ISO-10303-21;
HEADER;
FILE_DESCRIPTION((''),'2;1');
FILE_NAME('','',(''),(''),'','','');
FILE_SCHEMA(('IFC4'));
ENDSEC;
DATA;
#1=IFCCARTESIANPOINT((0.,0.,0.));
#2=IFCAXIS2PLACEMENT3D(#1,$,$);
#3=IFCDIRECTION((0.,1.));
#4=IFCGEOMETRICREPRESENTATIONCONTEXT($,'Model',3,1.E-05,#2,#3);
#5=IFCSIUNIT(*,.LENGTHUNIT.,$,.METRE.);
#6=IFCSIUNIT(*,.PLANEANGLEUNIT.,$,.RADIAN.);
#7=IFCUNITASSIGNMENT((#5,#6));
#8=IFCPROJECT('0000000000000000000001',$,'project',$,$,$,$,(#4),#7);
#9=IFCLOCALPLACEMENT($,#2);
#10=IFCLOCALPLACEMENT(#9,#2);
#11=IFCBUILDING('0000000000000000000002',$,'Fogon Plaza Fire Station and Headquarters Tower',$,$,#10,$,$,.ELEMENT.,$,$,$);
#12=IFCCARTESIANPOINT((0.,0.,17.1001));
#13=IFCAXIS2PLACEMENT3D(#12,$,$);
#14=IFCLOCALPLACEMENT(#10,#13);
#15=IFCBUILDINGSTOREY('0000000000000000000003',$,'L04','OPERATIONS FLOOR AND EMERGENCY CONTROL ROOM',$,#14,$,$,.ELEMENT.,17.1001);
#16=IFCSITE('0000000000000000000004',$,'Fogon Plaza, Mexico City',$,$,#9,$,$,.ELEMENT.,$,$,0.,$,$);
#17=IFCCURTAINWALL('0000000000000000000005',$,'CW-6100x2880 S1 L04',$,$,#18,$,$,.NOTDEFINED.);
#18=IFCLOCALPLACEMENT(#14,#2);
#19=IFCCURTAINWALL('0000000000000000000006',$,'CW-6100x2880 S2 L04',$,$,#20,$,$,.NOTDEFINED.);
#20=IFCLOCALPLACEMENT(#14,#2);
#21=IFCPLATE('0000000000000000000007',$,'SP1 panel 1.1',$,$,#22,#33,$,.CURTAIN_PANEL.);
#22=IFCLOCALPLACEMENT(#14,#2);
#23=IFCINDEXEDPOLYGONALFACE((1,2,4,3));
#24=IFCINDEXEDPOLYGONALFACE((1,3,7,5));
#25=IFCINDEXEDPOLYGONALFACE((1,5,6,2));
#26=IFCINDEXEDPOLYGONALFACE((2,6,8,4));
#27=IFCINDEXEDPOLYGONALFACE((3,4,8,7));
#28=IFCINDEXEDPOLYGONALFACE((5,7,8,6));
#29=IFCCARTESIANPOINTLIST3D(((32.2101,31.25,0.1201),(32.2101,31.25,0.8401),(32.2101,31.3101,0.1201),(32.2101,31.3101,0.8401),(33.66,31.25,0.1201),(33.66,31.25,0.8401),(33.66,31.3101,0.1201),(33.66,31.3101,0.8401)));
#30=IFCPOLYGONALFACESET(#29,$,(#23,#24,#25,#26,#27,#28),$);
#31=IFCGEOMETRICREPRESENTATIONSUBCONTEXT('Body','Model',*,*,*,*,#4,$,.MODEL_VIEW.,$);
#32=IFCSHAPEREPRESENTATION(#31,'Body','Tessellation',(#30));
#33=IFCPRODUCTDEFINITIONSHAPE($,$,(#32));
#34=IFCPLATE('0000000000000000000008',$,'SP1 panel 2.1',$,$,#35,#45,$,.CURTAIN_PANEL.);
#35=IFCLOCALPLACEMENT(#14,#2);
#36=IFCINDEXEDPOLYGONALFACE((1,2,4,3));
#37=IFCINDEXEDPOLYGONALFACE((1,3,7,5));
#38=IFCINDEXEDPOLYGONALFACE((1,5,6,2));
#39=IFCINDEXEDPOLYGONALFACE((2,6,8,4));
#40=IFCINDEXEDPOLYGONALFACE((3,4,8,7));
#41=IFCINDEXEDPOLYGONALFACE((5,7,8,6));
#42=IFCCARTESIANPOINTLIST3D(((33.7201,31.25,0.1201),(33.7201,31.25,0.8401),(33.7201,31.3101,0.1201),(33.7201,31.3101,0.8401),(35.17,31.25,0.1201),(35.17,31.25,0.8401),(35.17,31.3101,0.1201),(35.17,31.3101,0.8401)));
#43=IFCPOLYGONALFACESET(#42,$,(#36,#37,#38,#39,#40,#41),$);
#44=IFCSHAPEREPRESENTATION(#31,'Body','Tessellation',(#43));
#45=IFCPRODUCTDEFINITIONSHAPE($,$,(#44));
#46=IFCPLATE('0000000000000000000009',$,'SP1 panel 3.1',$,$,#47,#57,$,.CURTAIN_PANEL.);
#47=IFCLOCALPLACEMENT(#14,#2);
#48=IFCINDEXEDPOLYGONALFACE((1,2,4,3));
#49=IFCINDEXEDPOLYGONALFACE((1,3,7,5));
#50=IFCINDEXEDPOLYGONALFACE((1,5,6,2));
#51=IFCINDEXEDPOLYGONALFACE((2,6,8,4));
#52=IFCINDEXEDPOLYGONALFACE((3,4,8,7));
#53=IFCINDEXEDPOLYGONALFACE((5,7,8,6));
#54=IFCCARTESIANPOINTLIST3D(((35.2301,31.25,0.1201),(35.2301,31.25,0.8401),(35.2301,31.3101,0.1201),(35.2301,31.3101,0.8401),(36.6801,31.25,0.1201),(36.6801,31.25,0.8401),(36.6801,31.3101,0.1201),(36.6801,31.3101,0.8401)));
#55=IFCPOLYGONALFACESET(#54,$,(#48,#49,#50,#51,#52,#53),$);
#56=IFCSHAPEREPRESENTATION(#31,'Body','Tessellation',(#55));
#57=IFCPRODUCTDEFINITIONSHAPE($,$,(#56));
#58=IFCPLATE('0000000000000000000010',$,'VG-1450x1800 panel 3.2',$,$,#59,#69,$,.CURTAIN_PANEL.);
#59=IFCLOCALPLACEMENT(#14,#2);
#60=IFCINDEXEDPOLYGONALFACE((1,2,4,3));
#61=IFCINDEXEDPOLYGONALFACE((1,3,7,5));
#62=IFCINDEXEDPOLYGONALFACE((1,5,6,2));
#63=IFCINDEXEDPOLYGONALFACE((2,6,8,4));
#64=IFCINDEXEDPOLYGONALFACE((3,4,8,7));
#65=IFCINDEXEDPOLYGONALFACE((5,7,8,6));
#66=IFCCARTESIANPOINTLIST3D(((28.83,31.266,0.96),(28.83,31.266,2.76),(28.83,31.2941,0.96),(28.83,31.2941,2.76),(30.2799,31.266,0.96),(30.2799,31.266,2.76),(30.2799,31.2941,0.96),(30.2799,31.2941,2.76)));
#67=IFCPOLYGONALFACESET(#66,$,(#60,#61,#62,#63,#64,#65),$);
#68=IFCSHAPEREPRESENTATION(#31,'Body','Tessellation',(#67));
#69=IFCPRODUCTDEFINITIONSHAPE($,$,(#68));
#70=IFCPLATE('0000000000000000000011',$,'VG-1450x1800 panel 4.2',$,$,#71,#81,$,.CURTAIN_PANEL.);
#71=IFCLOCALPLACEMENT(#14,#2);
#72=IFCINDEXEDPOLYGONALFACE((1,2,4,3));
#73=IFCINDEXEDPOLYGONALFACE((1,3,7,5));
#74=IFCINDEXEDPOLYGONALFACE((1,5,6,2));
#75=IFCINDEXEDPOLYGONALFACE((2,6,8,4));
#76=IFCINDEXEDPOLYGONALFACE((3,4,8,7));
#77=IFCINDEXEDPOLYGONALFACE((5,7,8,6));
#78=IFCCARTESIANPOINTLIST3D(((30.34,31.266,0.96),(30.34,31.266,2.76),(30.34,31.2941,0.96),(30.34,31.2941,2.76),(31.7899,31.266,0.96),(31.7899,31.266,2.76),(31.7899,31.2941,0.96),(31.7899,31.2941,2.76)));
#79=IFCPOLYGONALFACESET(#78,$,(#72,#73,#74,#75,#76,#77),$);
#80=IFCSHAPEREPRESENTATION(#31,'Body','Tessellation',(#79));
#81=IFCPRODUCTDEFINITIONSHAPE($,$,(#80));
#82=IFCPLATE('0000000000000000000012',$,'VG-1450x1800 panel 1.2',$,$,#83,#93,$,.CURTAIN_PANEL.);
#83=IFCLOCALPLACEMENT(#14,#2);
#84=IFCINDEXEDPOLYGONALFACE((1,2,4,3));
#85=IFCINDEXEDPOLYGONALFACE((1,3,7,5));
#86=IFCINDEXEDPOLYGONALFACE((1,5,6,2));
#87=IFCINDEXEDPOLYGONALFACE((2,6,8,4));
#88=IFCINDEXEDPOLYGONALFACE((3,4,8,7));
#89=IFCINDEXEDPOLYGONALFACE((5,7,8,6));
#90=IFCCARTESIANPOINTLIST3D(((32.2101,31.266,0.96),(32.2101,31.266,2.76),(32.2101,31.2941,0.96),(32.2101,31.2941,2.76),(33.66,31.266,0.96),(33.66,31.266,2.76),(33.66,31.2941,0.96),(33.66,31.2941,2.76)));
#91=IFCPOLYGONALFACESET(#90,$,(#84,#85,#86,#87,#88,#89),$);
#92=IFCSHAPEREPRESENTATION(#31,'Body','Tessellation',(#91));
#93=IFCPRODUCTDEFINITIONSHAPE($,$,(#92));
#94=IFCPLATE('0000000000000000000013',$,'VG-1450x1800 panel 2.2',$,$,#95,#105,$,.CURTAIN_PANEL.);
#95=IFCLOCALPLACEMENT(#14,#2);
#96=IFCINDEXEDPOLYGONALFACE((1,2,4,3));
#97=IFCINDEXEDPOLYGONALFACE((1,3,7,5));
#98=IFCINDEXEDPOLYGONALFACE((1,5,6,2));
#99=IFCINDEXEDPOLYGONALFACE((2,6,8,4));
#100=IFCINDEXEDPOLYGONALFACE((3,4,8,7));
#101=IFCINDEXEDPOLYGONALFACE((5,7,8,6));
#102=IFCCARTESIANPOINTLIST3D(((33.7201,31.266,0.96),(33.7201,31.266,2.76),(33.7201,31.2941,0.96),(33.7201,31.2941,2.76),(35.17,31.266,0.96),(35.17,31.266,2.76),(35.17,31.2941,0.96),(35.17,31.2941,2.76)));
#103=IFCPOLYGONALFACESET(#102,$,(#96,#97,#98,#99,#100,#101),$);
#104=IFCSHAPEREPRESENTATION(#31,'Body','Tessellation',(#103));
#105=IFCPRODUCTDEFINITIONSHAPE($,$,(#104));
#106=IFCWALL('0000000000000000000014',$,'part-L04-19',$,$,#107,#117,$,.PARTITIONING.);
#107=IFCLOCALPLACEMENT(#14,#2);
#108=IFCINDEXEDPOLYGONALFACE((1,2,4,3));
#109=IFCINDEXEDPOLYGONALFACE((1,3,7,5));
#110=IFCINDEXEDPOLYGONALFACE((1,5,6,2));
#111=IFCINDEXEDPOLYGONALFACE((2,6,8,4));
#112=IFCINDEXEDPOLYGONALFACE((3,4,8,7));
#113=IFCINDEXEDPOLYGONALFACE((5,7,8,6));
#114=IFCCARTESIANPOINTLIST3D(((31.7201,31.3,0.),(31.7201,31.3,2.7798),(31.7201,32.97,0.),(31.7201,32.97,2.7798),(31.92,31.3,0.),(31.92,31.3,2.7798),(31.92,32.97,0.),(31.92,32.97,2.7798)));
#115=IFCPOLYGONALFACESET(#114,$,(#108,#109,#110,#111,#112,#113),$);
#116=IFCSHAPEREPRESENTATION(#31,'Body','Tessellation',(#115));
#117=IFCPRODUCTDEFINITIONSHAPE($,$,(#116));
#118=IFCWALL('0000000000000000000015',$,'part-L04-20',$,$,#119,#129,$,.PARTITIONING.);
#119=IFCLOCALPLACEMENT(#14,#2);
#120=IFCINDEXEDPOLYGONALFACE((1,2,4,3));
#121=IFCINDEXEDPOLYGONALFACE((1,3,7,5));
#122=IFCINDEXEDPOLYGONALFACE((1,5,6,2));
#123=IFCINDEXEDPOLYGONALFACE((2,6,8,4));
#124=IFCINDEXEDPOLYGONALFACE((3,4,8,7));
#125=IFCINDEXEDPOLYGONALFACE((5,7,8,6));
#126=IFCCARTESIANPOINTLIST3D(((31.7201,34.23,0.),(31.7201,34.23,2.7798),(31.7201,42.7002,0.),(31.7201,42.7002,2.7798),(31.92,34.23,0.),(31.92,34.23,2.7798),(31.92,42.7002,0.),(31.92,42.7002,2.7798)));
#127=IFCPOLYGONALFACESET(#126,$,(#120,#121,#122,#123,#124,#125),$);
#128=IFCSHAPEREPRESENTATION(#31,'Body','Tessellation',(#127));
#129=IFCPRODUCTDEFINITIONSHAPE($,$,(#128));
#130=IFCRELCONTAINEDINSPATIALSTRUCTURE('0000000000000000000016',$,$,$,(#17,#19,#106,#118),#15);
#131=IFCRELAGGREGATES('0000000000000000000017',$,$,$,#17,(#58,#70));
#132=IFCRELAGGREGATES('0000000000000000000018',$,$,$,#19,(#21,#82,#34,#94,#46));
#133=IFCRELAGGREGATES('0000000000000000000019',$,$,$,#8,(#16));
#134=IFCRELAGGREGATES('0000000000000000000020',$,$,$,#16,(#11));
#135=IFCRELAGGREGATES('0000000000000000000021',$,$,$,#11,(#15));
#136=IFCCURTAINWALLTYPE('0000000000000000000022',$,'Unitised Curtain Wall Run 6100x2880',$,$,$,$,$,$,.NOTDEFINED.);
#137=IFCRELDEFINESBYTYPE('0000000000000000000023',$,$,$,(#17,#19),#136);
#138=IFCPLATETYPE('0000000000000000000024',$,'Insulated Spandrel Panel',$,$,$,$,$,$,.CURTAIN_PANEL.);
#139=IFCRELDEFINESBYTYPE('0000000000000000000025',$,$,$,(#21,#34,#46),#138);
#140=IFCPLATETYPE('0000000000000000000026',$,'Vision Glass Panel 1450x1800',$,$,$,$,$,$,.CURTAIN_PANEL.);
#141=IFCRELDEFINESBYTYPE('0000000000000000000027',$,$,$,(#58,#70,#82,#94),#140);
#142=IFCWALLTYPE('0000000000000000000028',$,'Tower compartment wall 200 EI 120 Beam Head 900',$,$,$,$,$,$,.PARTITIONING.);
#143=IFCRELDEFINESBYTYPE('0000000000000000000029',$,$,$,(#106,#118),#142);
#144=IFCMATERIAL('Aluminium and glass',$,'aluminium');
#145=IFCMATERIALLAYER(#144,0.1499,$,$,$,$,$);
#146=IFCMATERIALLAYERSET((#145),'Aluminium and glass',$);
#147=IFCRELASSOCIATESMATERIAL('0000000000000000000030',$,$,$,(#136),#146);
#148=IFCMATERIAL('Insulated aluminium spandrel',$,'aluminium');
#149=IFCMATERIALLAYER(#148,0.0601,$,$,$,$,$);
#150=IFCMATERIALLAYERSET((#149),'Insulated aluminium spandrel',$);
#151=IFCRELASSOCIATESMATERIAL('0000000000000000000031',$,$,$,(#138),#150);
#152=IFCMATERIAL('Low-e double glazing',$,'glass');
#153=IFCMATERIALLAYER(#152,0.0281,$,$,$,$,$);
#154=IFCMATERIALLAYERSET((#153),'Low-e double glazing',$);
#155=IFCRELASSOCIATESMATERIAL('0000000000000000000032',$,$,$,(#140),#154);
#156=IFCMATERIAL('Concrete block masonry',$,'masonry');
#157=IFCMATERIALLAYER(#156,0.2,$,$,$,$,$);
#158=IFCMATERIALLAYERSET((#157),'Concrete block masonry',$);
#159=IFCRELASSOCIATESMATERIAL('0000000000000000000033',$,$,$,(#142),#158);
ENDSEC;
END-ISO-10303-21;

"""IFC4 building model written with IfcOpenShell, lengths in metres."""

from ifc_helpers import new_model, si_unit, direction, frame, frame_2d, origin, origin_2d, place, context, subcontext, project, spatial, rectangle, extrude, material, layer, layer_set, type_object, element, aggregate, save


model = new_model("IFC4")

# Units and contexts
model_context = context("Model", 3, precision=1e-05, world=origin(), true_north=direction((0.0, 1.0)))
body_context = subcontext(model_context, "Body", "Model", "MODEL_VIEW")
ifc_project = project(units=[si_unit("LENGTHUNIT", "METRE"), si_unit("PLANEANGLEUNIT", "RADIAN")], contexts=[model_context])

# Site, building, storey
site_placement = place(None, origin())
site = spatial("IfcSite", under=ifc_project, at=site_placement, Name="Fogon Plaza, Mexico City", CompositionType="ELEMENT", RefElevation=0.0)
building_placement = place(site_placement, origin())
building = spatial("IfcBuilding", under=site, at=building_placement, Name="Fogon Plaza Fire Station and Headquarters Tower", CompositionType="ELEMENT")
storey_placement = place(building_placement, frame((0.0, 0.0, 17.1001)))
storey = spatial("IfcBuildingStorey", under=building, at=storey_placement, Name="L04", Description="OPERATIONS FLOOR AND EMERGENCY CONTROL ROOM", CompositionType="ELEMENT", Elevation=17.1001)

# Curtain walls
ifc_material_1 = material(Name="Aluminium and glass", Category="aluminium")
ifc_layer_1 = layer(ifc_material_1, 0.1499)
ifc_layer_set_1 = layer_set([ifc_layer_1], Name="Aluminium and glass")
curtain_wall_type = type_object("IfcCurtainWallType", Name="Unitised Curtain Wall Run 6100x2880", PredefinedType="NOTDEFINED", material=ifc_layer_set_1)
curtain_wall_1_placement = place(storey_placement, origin())
curtain_wall_1 = element("IfcCurtainWall", 1, at=curtain_wall_1_placement, inside=storey, type_object=curtain_wall_type, Name="CW-6100x2880 S1 L04", PredefinedType="NOTDEFINED")
curtain_wall_2_placement = place(storey_placement, origin())
curtain_wall_2 = element("IfcCurtainWall", 2, at=curtain_wall_2_placement, inside=storey, type_object=curtain_wall_type, Name="CW-6100x2880 S2 L04", PredefinedType="NOTDEFINED")

# Plates
ifc_material_2 = material(Name="Insulated aluminium spandrel", Category="aluminium")
ifc_layer_2 = layer(ifc_material_2, 0.0601)
ifc_layer_set_2 = layer_set([ifc_layer_2], Name="Insulated aluminium spandrel")
plate_type_1 = type_object("IfcPlateType", Name="Insulated Spandrel Panel", PredefinedType="CURTAIN_PANEL", material=ifc_layer_set_2)
plate_1_placement = place(storey_placement, frame((32.9351, 31.28, 0.1201), z_axis=(0.0, 0.0, 1.0), x_axis=(1.0, 0.0, 0.0)))
plate_1 = element("IfcPlate", 3, at=plate_1_placement, type_object=plate_type_1, Name="SP1 panel 1.1", PredefinedType="CURTAIN_PANEL", context=body_context, shape_type="SweptSolid", body=[
    extrude(rectangle(XDim=1.45, YDim=0.0601, at=origin_2d()), origin(), (0.0, 0.0, 1.0), 0.72),
])
plate_2_placement = place(storey_placement, frame((34.4451, 31.28, 0.1201), z_axis=(0.0, 0.0, 1.0), x_axis=(1.0, 0.0, 0.0)))
plate_2 = element("IfcPlate", 4, at=plate_2_placement, type_object=plate_type_1, Name="SP1 panel 2.1", PredefinedType="CURTAIN_PANEL", context=body_context, shape_type="SweptSolid", body=[
    extrude(rectangle(XDim=1.45, YDim=0.0601, at=origin_2d()), origin(), (0.0, 0.0, 1.0), 0.72),
])
plate_3_placement = place(storey_placement, frame((35.9551, 31.28, 0.1201), z_axis=(0.0, 0.0, 1.0), x_axis=(1.0, 0.0, 0.0)))
plate_3 = element("IfcPlate", 5, at=plate_3_placement, type_object=plate_type_1, Name="SP1 panel 3.1", PredefinedType="CURTAIN_PANEL", context=body_context, shape_type="SweptSolid", body=[
    extrude(rectangle(XDim=1.45, YDim=0.0601, at=origin_2d()), origin(), (0.0, 0.0, 1.0), 0.72),
])
ifc_material_3 = material(Name="Low-e double glazing", Category="glass")
ifc_layer_3 = layer(ifc_material_3, 0.0281)
ifc_layer_set_3 = layer_set([ifc_layer_3], Name="Low-e double glazing")
plate_type_2 = type_object("IfcPlateType", Name="Vision Glass Panel 1450x1800", PredefinedType="CURTAIN_PANEL", material=ifc_layer_set_3)
plate_4_placement = place(storey_placement, frame((29.5549, 31.28, 0.96), z_axis=(0.0, 0.0, 1.0), x_axis=(1.0, 0.0, 0.0)))
plate_4 = element("IfcPlate", 6, at=plate_4_placement, type_object=plate_type_2, Name="VG-1450x1800 panel 3.2", PredefinedType="CURTAIN_PANEL", context=body_context, shape_type="SweptSolid", body=[
    extrude(rectangle(XDim=1.45, YDim=0.0281, at=origin_2d()), origin(), (0.0, 0.0, 1.0), 1.8),
])
plate_5_placement = place(storey_placement, frame((31.0649, 31.28, 0.96), z_axis=(0.0, 0.0, 1.0), x_axis=(1.0, 0.0, 0.0)))
plate_5 = element("IfcPlate", 7, at=plate_5_placement, type_object=plate_type_2, Name="VG-1450x1800 panel 4.2", PredefinedType="CURTAIN_PANEL", context=body_context, shape_type="SweptSolid", body=[
    extrude(rectangle(XDim=1.45, YDim=0.0281, at=origin_2d()), origin(), (0.0, 0.0, 1.0), 1.8),
])
aggregate(curtain_wall_1, [plate_4, plate_5])
plate_6_placement = place(storey_placement, frame((32.9351, 31.28, 0.96), z_axis=(0.0, 0.0, 1.0), x_axis=(1.0, 0.0, 0.0)))
plate_6 = element("IfcPlate", 8, at=plate_6_placement, type_object=plate_type_2, Name="VG-1450x1800 panel 1.2", PredefinedType="CURTAIN_PANEL", context=body_context, shape_type="SweptSolid", body=[
    extrude(rectangle(XDim=1.45, YDim=0.0281, at=origin_2d()), origin(), (0.0, 0.0, 1.0), 1.8),
])
plate_7_placement = place(storey_placement, frame((34.4451, 31.28, 0.96), z_axis=(0.0, 0.0, 1.0), x_axis=(1.0, 0.0, 0.0)))
plate_7 = element("IfcPlate", 9, at=plate_7_placement, type_object=plate_type_2, Name="VG-1450x1800 panel 2.2", PredefinedType="CURTAIN_PANEL", context=body_context, shape_type="SweptSolid", body=[
    extrude(rectangle(XDim=1.45, YDim=0.0281, at=origin_2d()), origin(), (0.0, 0.0, 1.0), 1.8),
])
aggregate(curtain_wall_2, [plate_1, plate_6, plate_2, plate_7, plate_3])

# Walls
ifc_material_4 = material(Name="Concrete block masonry", Category="masonry")
ifc_layer_4 = layer(ifc_material_4, 0.2)
ifc_layer_set_4 = layer_set([ifc_layer_4], Name="Concrete block masonry")
wall_type = type_object("IfcWallType", Name="Tower compartment wall 200 EI 120 Beam Head 900", PredefinedType="PARTITIONING", material=ifc_layer_set_4)
wall_1_placement = place(storey_placement, frame((31.8201, 31.3, 0.0), z_axis=(0.0, 0.0, 1.0), x_axis=(0.0, 1.0, 0.0)))
element("IfcWall", 10, at=wall_1_placement, inside=storey, type_object=wall_type, Name="part-L04-19", PredefinedType="PARTITIONING", context=body_context, shape_type="SweptSolid", body=[
    extrude(rectangle(XDim=1.6699, YDim=0.2, at=frame_2d((0.835, 0.0))), origin(), (0.0, 0.0, 1.0), 2.7798),
])
wall_2_placement = place(storey_placement, frame((31.8201, 34.23, 0.0), z_axis=(0.0, 0.0, 1.0), x_axis=(0.0, 1.0, 0.0)))
element("IfcWall", 11, at=wall_2_placement, inside=storey, type_object=wall_type, Name="part-L04-20", PredefinedType="PARTITIONING", context=body_context, shape_type="SweptSolid", body=[
    extrude(rectangle(XDim=8.4702, YDim=0.2, at=frame_2d((4.2351, 0.0))), origin(), (0.0, 0.0, 1.0), 2.7798),
])

save(model, "model.ifc")
